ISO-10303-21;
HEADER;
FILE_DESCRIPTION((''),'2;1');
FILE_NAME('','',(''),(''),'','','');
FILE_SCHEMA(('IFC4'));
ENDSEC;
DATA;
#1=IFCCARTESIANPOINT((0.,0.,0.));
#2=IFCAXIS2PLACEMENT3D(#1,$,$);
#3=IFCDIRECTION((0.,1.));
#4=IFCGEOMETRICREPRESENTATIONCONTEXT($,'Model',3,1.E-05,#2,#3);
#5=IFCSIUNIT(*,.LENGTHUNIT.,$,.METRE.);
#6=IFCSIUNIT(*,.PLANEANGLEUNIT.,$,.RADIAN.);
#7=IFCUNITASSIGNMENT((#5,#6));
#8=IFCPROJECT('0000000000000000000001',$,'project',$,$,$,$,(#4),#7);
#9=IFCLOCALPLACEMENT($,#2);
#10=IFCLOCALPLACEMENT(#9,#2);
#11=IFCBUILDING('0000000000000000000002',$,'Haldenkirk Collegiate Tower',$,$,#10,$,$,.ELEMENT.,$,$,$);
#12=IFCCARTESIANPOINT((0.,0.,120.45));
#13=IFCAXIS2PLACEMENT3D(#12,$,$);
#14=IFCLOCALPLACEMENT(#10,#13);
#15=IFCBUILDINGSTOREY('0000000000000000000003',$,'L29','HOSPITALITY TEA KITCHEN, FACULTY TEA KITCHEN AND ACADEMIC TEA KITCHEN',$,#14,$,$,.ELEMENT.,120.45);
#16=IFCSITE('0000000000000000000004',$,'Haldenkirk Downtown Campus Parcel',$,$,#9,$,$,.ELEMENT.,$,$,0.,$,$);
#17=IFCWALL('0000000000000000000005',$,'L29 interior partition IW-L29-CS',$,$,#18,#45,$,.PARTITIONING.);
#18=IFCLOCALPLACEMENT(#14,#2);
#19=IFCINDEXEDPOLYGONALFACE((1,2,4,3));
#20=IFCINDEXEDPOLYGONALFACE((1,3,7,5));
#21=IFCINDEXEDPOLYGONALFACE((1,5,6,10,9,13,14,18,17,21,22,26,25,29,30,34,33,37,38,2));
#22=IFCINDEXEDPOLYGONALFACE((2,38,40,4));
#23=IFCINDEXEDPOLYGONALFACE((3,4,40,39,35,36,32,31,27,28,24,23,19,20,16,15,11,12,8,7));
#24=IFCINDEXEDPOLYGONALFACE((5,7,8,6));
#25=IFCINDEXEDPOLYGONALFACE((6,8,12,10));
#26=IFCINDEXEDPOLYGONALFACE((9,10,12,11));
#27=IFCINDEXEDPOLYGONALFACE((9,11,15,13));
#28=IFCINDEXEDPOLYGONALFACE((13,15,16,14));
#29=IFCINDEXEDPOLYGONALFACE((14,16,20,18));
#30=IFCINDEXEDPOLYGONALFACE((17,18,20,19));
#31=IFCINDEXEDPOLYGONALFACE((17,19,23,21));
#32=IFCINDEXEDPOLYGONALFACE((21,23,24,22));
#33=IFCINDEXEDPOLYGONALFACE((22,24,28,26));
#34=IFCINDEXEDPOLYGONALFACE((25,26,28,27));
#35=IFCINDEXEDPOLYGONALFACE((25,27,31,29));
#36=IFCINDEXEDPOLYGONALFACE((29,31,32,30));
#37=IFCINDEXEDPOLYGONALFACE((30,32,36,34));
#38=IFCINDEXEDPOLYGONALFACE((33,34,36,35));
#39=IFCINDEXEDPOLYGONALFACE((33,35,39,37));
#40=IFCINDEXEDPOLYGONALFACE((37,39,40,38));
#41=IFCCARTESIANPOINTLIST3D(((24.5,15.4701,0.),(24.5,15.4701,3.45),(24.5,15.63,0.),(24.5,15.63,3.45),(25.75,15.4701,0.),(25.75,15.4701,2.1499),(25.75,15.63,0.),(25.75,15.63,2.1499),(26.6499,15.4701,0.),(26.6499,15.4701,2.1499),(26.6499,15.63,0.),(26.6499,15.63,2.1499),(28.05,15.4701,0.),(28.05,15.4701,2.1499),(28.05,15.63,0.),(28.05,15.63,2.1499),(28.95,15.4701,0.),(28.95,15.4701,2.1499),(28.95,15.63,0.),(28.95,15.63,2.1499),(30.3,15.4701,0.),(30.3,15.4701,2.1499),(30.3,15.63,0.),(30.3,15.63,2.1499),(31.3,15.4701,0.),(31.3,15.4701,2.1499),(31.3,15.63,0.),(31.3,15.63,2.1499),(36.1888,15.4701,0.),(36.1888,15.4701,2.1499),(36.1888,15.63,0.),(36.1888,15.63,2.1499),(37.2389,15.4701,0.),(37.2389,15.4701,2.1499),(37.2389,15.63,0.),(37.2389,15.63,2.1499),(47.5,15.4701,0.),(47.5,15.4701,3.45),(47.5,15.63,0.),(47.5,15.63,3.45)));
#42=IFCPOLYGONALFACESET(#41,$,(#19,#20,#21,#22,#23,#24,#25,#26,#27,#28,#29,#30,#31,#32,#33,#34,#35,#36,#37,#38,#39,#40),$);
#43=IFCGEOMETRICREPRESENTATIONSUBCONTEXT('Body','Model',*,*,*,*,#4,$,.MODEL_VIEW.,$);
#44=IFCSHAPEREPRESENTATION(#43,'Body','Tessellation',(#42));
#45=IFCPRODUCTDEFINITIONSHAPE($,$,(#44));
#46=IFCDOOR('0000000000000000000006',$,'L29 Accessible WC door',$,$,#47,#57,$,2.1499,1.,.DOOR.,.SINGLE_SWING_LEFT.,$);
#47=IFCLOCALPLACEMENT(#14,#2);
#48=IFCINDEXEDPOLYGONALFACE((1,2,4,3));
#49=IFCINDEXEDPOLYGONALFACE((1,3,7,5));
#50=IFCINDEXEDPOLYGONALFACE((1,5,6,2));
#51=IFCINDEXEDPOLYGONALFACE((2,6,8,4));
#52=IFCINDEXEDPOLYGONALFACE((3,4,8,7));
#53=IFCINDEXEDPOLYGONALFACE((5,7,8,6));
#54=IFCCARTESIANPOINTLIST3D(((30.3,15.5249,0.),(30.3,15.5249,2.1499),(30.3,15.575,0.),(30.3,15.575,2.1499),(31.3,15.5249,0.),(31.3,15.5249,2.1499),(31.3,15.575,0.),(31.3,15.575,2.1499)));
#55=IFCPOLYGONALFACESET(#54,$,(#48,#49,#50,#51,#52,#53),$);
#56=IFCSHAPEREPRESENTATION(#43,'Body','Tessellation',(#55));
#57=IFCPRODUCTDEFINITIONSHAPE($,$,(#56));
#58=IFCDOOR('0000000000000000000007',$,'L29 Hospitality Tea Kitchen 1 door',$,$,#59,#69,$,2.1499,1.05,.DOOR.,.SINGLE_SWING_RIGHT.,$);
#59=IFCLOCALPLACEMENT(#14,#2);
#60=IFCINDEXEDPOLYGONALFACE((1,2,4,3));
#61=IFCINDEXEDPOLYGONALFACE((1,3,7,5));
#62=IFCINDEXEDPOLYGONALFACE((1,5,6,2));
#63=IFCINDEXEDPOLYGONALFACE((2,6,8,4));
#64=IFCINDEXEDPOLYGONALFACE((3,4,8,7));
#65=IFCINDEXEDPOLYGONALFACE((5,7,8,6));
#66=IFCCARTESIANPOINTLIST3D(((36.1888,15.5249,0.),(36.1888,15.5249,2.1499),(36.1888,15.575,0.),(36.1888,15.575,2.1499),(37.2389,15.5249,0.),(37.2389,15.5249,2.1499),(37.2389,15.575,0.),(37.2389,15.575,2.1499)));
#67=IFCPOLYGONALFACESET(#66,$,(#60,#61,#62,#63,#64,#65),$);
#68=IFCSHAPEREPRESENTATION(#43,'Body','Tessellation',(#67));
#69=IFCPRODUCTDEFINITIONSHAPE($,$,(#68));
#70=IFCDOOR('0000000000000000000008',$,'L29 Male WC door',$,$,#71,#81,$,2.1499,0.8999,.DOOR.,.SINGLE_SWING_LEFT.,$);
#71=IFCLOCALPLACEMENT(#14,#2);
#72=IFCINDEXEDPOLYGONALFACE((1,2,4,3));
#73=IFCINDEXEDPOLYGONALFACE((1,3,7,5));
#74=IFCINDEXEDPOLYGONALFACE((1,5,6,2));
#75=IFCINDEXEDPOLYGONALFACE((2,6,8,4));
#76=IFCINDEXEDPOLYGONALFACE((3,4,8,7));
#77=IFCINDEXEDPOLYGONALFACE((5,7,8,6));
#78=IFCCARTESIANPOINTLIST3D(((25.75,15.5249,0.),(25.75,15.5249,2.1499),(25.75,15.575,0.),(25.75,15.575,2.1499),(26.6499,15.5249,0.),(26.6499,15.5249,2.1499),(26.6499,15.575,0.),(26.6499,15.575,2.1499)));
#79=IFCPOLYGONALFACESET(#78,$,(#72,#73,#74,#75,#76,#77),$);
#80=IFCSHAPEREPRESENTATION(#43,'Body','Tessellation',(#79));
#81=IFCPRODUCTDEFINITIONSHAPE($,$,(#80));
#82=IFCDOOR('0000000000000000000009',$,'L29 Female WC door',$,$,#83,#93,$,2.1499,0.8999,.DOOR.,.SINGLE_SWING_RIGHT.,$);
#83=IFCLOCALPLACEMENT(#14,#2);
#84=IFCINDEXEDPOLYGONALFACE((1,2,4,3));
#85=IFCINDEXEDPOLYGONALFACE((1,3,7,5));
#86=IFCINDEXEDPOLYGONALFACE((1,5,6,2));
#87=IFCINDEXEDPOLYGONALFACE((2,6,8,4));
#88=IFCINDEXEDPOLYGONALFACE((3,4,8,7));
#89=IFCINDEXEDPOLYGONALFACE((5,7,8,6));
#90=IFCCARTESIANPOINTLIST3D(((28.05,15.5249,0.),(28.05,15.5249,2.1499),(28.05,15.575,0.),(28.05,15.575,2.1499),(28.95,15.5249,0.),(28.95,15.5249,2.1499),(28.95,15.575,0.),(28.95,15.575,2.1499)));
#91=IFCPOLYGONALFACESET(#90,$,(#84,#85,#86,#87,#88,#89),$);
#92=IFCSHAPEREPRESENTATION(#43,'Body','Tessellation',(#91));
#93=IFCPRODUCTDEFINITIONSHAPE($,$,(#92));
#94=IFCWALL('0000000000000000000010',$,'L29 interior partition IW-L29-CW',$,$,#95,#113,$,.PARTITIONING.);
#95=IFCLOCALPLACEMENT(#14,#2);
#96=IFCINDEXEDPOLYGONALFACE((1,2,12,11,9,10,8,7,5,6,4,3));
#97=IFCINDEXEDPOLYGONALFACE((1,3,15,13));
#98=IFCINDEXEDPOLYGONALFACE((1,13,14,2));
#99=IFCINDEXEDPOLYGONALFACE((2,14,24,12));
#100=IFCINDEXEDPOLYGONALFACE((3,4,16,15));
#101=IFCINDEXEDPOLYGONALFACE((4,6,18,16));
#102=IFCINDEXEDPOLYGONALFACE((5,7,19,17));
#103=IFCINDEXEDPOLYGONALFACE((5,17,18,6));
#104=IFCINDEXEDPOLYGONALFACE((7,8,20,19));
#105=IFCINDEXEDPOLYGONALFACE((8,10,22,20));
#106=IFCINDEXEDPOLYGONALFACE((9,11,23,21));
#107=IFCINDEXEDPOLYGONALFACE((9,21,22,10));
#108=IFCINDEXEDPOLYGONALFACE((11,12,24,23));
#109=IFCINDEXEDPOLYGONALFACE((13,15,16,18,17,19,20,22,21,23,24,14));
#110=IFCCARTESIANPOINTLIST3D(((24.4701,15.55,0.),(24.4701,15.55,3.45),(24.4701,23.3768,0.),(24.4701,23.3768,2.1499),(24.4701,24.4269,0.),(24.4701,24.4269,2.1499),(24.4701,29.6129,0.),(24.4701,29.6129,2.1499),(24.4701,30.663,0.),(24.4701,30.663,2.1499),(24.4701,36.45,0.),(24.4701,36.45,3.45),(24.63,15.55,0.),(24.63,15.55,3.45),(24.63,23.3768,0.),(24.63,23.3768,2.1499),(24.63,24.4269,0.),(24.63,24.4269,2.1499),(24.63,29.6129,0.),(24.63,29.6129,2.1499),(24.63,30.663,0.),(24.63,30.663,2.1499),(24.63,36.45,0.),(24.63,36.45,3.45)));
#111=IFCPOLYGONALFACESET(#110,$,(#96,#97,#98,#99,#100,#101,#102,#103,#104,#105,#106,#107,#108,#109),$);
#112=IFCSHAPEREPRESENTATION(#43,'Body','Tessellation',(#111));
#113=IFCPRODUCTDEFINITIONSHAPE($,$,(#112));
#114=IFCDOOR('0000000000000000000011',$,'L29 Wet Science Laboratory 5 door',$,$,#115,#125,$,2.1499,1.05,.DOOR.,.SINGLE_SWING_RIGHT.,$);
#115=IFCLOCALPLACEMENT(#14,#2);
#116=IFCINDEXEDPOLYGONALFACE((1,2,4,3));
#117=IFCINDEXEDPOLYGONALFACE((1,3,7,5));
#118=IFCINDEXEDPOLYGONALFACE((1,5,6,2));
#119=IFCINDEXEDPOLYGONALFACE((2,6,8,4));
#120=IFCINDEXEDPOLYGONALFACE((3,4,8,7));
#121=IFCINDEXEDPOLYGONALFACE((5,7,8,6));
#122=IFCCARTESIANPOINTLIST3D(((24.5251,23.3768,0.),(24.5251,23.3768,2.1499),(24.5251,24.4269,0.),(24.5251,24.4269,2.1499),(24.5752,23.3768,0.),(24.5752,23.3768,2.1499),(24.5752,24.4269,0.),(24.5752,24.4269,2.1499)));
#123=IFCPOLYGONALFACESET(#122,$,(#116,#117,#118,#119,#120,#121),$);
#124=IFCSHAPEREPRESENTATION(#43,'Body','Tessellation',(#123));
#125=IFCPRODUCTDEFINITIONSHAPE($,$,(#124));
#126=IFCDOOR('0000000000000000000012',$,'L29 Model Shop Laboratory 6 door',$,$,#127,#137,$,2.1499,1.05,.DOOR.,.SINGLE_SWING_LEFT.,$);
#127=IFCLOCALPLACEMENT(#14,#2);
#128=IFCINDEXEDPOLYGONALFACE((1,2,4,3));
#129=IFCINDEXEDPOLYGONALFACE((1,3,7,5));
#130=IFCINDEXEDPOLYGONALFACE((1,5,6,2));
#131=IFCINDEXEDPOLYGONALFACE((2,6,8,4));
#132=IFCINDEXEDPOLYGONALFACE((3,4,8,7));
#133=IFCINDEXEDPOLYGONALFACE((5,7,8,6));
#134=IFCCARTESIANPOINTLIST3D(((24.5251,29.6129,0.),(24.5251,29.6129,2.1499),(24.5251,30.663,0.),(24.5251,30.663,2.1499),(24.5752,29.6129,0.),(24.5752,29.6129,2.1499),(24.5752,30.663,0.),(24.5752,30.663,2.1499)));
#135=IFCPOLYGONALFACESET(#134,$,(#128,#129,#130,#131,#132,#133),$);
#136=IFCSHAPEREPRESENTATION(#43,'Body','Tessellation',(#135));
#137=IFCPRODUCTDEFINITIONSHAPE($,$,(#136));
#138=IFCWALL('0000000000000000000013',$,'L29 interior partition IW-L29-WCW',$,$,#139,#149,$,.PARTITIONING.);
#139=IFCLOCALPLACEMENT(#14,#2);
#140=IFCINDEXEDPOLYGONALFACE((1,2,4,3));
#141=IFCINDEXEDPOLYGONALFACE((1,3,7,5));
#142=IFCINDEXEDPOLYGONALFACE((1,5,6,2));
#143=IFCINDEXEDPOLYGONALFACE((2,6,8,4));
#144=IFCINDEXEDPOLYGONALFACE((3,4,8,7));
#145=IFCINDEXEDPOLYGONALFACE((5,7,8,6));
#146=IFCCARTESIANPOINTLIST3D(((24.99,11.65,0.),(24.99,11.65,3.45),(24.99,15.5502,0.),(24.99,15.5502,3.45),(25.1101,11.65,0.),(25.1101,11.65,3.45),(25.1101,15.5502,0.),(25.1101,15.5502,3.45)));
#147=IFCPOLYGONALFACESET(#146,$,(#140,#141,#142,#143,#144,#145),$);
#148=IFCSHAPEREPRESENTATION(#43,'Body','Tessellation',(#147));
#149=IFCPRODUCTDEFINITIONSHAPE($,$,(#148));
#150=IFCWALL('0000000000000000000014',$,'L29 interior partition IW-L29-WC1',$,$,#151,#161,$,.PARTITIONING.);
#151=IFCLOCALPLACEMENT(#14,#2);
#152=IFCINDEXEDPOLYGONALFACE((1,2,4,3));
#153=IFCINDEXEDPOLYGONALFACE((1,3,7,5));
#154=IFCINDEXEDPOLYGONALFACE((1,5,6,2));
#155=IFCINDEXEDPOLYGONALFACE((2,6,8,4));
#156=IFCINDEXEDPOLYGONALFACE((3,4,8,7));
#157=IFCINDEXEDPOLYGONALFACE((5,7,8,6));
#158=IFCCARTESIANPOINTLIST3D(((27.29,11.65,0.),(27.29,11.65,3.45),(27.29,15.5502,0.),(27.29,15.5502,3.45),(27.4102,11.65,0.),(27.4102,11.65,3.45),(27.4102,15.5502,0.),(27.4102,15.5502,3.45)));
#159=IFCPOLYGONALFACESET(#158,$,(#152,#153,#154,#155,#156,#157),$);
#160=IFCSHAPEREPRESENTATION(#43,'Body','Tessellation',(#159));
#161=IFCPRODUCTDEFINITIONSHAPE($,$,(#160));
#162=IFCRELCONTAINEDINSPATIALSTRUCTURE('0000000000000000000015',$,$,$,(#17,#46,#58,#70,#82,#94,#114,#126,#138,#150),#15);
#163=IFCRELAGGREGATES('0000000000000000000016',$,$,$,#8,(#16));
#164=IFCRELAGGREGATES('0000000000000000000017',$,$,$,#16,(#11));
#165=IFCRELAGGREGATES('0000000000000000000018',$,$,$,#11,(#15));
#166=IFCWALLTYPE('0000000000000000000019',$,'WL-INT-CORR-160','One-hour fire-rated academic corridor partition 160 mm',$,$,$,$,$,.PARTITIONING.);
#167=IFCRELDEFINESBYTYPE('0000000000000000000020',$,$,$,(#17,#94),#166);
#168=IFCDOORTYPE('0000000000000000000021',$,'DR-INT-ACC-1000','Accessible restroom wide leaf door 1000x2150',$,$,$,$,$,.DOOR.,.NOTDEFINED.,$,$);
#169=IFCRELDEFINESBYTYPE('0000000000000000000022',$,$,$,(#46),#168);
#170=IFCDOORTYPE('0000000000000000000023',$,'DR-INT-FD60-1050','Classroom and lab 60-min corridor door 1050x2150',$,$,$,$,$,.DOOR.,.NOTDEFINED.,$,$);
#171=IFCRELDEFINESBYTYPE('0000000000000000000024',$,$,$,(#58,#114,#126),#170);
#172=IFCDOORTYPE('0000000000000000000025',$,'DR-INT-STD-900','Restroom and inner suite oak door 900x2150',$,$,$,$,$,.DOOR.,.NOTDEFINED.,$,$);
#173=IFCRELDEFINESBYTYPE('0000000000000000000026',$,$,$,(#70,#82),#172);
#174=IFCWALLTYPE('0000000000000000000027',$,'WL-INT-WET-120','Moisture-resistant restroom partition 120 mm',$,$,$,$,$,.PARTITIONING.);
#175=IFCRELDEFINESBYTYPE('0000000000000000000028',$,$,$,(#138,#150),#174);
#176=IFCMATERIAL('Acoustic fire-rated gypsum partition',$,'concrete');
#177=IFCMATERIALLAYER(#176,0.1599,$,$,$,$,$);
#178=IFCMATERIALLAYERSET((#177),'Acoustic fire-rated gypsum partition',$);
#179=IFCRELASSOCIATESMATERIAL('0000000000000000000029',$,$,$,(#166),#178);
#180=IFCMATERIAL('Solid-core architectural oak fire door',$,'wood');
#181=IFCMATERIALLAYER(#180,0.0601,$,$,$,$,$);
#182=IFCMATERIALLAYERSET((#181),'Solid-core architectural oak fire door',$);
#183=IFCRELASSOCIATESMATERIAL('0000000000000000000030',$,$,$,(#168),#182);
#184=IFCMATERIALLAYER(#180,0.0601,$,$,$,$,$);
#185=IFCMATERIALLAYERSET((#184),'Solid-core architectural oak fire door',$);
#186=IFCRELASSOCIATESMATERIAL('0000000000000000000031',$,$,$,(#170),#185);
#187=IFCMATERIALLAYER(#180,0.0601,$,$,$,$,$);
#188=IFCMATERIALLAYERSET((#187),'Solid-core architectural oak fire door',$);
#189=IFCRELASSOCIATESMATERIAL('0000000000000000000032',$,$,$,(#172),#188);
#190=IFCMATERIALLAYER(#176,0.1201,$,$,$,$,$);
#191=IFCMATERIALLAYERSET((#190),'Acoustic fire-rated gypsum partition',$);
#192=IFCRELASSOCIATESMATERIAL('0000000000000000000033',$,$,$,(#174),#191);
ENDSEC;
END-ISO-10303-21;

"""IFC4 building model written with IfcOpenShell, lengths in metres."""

from ifc_helpers import new_model, si_unit, direction, frame, frame_2d, origin, place, context, subcontext, project, spatial, rectangle, extrude, material, layer, layer_set, type_object, element, fill, save


model = new_model("IFC4")

# Units and contexts
model_context = context("Model", 3, precision=1e-05, world=origin(), true_north=direction((0.0, 1.0)))
body_context = subcontext(model_context, "Body", "Model", "MODEL_VIEW")
ifc_project = project(units=[si_unit("LENGTHUNIT", "METRE"), si_unit("PLANEANGLEUNIT", "RADIAN")], contexts=[model_context])

# Site, building, storey
site_placement = place(None, origin())
site = spatial("IfcSite", under=ifc_project, at=site_placement, Name="Haldenkirk Downtown Campus Parcel", CompositionType="ELEMENT", RefElevation=0.0)
building_placement = place(site_placement, origin())
building = spatial("IfcBuilding", under=site, at=building_placement, Name="Haldenkirk Collegiate Tower", CompositionType="ELEMENT")
storey_placement = place(building_placement, frame((0.0, 0.0, 120.45)))
storey = spatial("IfcBuildingStorey", under=building, at=storey_placement, Name="L29", Description="HOSPITALITY TEA KITCHEN, FACULTY TEA KITCHEN AND ACADEMIC TEA KITCHEN", CompositionType="ELEMENT", Elevation=120.45)

# Walls, openings, doors
ifc_material_1 = material(Name="Acoustic fire-rated gypsum partition", Category="concrete")
ifc_layer_1 = layer(ifc_material_1, 0.1599)
ifc_layer_set_1 = layer_set([ifc_layer_1], Name="Acoustic fire-rated gypsum partition")
wall_type_1 = type_object("IfcWallType", Name="WL-INT-CORR-160", Description="One-hour fire-rated academic corridor partition 160 mm", PredefinedType="PARTITIONING", material=ifc_layer_set_1)
wall_1_placement = place(storey_placement, frame((24.5, 15.55, 0.0), z_axis=(0.0, 0.0, 1.0), x_axis=(1.0, 0.0, 0.0)))
wall_1 = element("IfcWall", 1, at=wall_1_placement, inside=storey, type_object=wall_type_1, Name="L29 interior partition IW-L29-CS", PredefinedType="PARTITIONING", context=body_context, shape_type="SweptSolid", body=[
    extrude(rectangle(XDim=23.0, YDim=0.1599, at=frame_2d((11.5, 0.0))), origin(), (0.0, 0.0, 1.0), 3.45),
])
opening_1_placement = place(wall_1_placement, frame((1.25, 0.0, 0.0)))
opening_1 = element("IfcOpeningElement", 2, at=opening_1_placement, cuts=wall_1, PredefinedType="OPENING", context=body_context, shape_type="SweptSolid", body=[
    extrude(rectangle(XDim=0.8999, YDim=2.1499, at=frame_2d((0.45, 1.075))), frame((0.0, 0.0898, 0.0), z_axis=(0.0, -1.0, 0.0), x_axis=(1.0, 0.0, 0.0)), (0.0, 0.0, 1.0), 0.1799),
])
opening_2_placement = place(wall_1_placement, frame((3.55, 0.0, 0.0)))
opening_2 = element("IfcOpeningElement", 3, at=opening_2_placement, cuts=wall_1, PredefinedType="OPENING", context=body_context, shape_type="SweptSolid", body=[
    extrude(rectangle(XDim=0.8999, YDim=2.1499, at=frame_2d((0.45, 1.075))), frame((0.0, 0.0898, 0.0), z_axis=(0.0, -1.0, 0.0), x_axis=(1.0, 0.0, 0.0)), (0.0, 0.0, 1.0), 0.1799),
])
opening_3_placement = place(wall_1_placement, frame((5.8, 0.0, 0.0)))
opening_3 = element("IfcOpeningElement", 4, at=opening_3_placement, cuts=wall_1, PredefinedType="OPENING", context=body_context, shape_type="SweptSolid", body=[
    extrude(rectangle(XDim=1.0, YDim=2.1499, at=frame_2d((0.5, 1.075))), frame((0.0, 0.0898, 0.0), z_axis=(0.0, -1.0, 0.0), x_axis=(1.0, 0.0, 0.0)), (0.0, 0.0, 1.0), 0.1799),
])
opening_4_placement = place(wall_1_placement, frame((11.689, 0.0, 0.0)))
opening_4 = element("IfcOpeningElement", 5, at=opening_4_placement, cuts=wall_1, PredefinedType="OPENING", context=body_context, shape_type="SweptSolid", body=[
    extrude(rectangle(XDim=1.05, YDim=2.1499, at=frame_2d((0.5249, 1.075))), frame((0.0, 0.0898, 0.0), z_axis=(0.0, -1.0, 0.0), x_axis=(1.0, 0.0, 0.0)), (0.0, 0.0, 1.0), 0.1799),
])
ifc_material_2 = material(Name="Solid-core architectural oak fire door", Category="wood")
ifc_layer_2 = layer(ifc_material_2, 0.0601)
ifc_layer_set_2 = layer_set([ifc_layer_2], Name="Solid-core architectural oak fire door")
door_type_1 = type_object("IfcDoorType", Name="DR-INT-ACC-1000", Description="Accessible restroom wide leaf door 1000x2150", OperationType="NOTDEFINED", PredefinedType="DOOR", material=ifc_layer_set_2)
door_1_placement = place(opening_3_placement, origin())
door_1 = element("IfcDoor", 6, at=door_1_placement, inside=storey, type_object=door_type_1, Name="L29 Accessible WC door", OperationType="SINGLE_SWING_LEFT", OverallHeight=2.1499, OverallWidth=1.0, PredefinedType="DOOR", context=body_context, shape_type="SweptSolid", body=[
    extrude(rectangle(XDim=1.0, YDim=2.1499, at=frame_2d((0.5, 1.075))), frame((0.0, 0.0249, 0.0), z_axis=(0.0, -1.0, 0.0), x_axis=(1.0, 0.0, 0.0)), (0.0, 0.0, 1.0), 0.05),
])
fill(opening_3, door_1)
ifc_layer_3 = layer(ifc_material_2, 0.0601)
ifc_layer_set_3 = layer_set([ifc_layer_3], Name="Solid-core architectural oak fire door")
door_type_2 = type_object("IfcDoorType", Name="DR-INT-FD60-1050", Description="Classroom and lab 60-min corridor door 1050x2150", OperationType="NOTDEFINED", PredefinedType="DOOR", material=ifc_layer_set_3)
door_2_placement = place(opening_4_placement, origin())
door_2 = element("IfcDoor", 7, at=door_2_placement, inside=storey, type_object=door_type_2, Name="L29 Hospitality Tea Kitchen 1 door", OperationType="SINGLE_SWING_RIGHT", OverallHeight=2.1499, OverallWidth=1.05, PredefinedType="DOOR", context=body_context, shape_type="SweptSolid", body=[
    extrude(rectangle(XDim=1.05, YDim=2.1499, at=frame_2d((0.5249, 1.075))), frame((0.0, 0.0249, 0.0), z_axis=(0.0, -1.0, 0.0), x_axis=(1.0, 0.0, 0.0)), (0.0, 0.0, 1.0), 0.05),
])
fill(opening_4, door_2)
ifc_layer_4 = layer(ifc_material_2, 0.0601)
ifc_layer_set_4 = layer_set([ifc_layer_4], Name="Solid-core architectural oak fire door")
door_type_3 = type_object("IfcDoorType", Name="DR-INT-STD-900", Description="Restroom and inner suite oak door 900x2150", OperationType="NOTDEFINED", PredefinedType="DOOR", material=ifc_layer_set_4)
door_3_placement = place(opening_1_placement, origin())
door_3 = element("IfcDoor", 8, at=door_3_placement, inside=storey, type_object=door_type_3, Name="L29 Male WC door", OperationType="SINGLE_SWING_LEFT", OverallHeight=2.1499, OverallWidth=0.8999, PredefinedType="DOOR", context=body_context, shape_type="SweptSolid", body=[
    extrude(rectangle(XDim=0.8999, YDim=2.1499, at=frame_2d((0.45, 1.075))), frame((0.0, 0.0249, 0.0), z_axis=(0.0, -1.0, 0.0), x_axis=(1.0, 0.0, 0.0)), (0.0, 0.0, 1.0), 0.05),
])
fill(opening_1, door_3)
door_4_placement = place(opening_2_placement, origin())
door_4 = element("IfcDoor", 9, at=door_4_placement, inside=storey, type_object=door_type_3, Name="L29 Female WC door", OperationType="SINGLE_SWING_RIGHT", OverallHeight=2.1499, OverallWidth=0.8999, PredefinedType="DOOR", context=body_context, shape_type="SweptSolid", body=[
    extrude(rectangle(XDim=0.8999, YDim=2.1499, at=frame_2d((0.45, 1.075))), frame((0.0, 0.0249, 0.0), z_axis=(0.0, -1.0, 0.0), x_axis=(1.0, 0.0, 0.0)), (0.0, 0.0, 1.0), 0.05),
])
fill(opening_2, door_4)
wall_2_placement = place(storey_placement, frame((24.55, 15.55, 0.0), z_axis=(0.0, 0.0, 1.0), x_axis=(0.0, 1.0, 0.0)))
wall_2 = element("IfcWall", 10, at=wall_2_placement, inside=storey, type_object=wall_type_1, Name="L29 interior partition IW-L29-CW", PredefinedType="PARTITIONING", context=body_context, shape_type="SweptSolid", body=[
    extrude(rectangle(XDim=20.8999, YDim=0.1599, at=frame_2d((10.45, 0.0))), origin(), (0.0, 0.0, 1.0), 3.45),
])
opening_5_placement = place(wall_2_placement, frame((7.8269, 0.0, 0.0)))
opening_5 = element("IfcOpeningElement", 11, at=opening_5_placement, cuts=wall_2, PredefinedType="OPENING", context=body_context, shape_type="SweptSolid", body=[
    extrude(rectangle(XDim=1.05, YDim=2.1499, at=frame_2d((0.5249, 1.075))), frame((0.0, 0.0898, 0.0), z_axis=(0.0, -1.0, 0.0), x_axis=(1.0, 0.0, 0.0)), (0.0, 0.0, 1.0), 0.1799),
])
opening_6_placement = place(wall_2_placement, frame((14.063, 0.0, 0.0)))
opening_6 = element("IfcOpeningElement", 12, at=opening_6_placement, cuts=wall_2, PredefinedType="OPENING", context=body_context, shape_type="SweptSolid", body=[
    extrude(rectangle(XDim=1.05, YDim=2.1499, at=frame_2d((0.5249, 1.075))), frame((0.0, 0.0898, 0.0), z_axis=(0.0, -1.0, 0.0), x_axis=(1.0, 0.0, 0.0)), (0.0, 0.0, 1.0), 0.1799),
])
door_5_placement = place(opening_5_placement, origin())
door_5 = element("IfcDoor", 13, at=door_5_placement, inside=storey, type_object=door_type_2, Name="L29 Wet Science Laboratory 5 door", OperationType="SINGLE_SWING_RIGHT", OverallHeight=2.1499, OverallWidth=1.05, PredefinedType="DOOR", context=body_context, shape_type="SweptSolid", body=[
    extrude(rectangle(XDim=1.05, YDim=2.1499, at=frame_2d((0.5249, 1.075))), frame((0.0, 0.0249, 0.0), z_axis=(0.0, -1.0, 0.0), x_axis=(1.0, 0.0, 0.0)), (0.0, 0.0, 1.0), 0.05),
])
fill(opening_5, door_5)
door_6_placement = place(opening_6_placement, origin())
door_6 = element("IfcDoor", 14, at=door_6_placement, inside=storey, type_object=door_type_2, Name="L29 Model Shop Laboratory 6 door", OperationType="SINGLE_SWING_LEFT", OverallHeight=2.1499, OverallWidth=1.05, PredefinedType="DOOR", context=body_context, shape_type="SweptSolid", body=[
    extrude(rectangle(XDim=1.05, YDim=2.1499, at=frame_2d((0.5249, 1.075))), frame((0.0, 0.0249, 0.0), z_axis=(0.0, -1.0, 0.0), x_axis=(1.0, 0.0, 0.0)), (0.0, 0.0, 1.0), 0.05),
])
fill(opening_6, door_6)

# Walls
ifc_layer_5 = layer(ifc_material_1, 0.1201)
ifc_layer_set_5 = layer_set([ifc_layer_5], Name="Acoustic fire-rated gypsum partition")
wall_type_2 = type_object("IfcWallType", Name="WL-INT-WET-120", Description="Moisture-resistant restroom partition 120 mm", PredefinedType="PARTITIONING", material=ifc_layer_set_5)
for number, where, z_axis, x_axis, name in (
    (15, (25.05, 11.6499, 0.0), (0.0, 0.0, 1.0), (0.0, 1.0, 0.0), "L29 interior partition IW-L29-WCW"),
    (16, (27.3501, 11.6499, 0.0), (0.0, 0.0, 1.0), (0.0, 1.0, 0.0), "L29 interior partition IW-L29-WC1"),
):
    element("IfcWall", number, at=place(storey_placement, frame(where, z_axis=z_axis, x_axis=x_axis)), inside=storey, type_object=wall_type_2, Name=name, PredefinedType="PARTITIONING", context=body_context, shape_type="SweptSolid", body=[
        extrude(rectangle(XDim=3.9001, YDim=0.1201, at=frame_2d((1.9502, 0.0))), origin(), (0.0, 0.0, 1.0), 3.45),
    ])

save(model, "model.ifc")
